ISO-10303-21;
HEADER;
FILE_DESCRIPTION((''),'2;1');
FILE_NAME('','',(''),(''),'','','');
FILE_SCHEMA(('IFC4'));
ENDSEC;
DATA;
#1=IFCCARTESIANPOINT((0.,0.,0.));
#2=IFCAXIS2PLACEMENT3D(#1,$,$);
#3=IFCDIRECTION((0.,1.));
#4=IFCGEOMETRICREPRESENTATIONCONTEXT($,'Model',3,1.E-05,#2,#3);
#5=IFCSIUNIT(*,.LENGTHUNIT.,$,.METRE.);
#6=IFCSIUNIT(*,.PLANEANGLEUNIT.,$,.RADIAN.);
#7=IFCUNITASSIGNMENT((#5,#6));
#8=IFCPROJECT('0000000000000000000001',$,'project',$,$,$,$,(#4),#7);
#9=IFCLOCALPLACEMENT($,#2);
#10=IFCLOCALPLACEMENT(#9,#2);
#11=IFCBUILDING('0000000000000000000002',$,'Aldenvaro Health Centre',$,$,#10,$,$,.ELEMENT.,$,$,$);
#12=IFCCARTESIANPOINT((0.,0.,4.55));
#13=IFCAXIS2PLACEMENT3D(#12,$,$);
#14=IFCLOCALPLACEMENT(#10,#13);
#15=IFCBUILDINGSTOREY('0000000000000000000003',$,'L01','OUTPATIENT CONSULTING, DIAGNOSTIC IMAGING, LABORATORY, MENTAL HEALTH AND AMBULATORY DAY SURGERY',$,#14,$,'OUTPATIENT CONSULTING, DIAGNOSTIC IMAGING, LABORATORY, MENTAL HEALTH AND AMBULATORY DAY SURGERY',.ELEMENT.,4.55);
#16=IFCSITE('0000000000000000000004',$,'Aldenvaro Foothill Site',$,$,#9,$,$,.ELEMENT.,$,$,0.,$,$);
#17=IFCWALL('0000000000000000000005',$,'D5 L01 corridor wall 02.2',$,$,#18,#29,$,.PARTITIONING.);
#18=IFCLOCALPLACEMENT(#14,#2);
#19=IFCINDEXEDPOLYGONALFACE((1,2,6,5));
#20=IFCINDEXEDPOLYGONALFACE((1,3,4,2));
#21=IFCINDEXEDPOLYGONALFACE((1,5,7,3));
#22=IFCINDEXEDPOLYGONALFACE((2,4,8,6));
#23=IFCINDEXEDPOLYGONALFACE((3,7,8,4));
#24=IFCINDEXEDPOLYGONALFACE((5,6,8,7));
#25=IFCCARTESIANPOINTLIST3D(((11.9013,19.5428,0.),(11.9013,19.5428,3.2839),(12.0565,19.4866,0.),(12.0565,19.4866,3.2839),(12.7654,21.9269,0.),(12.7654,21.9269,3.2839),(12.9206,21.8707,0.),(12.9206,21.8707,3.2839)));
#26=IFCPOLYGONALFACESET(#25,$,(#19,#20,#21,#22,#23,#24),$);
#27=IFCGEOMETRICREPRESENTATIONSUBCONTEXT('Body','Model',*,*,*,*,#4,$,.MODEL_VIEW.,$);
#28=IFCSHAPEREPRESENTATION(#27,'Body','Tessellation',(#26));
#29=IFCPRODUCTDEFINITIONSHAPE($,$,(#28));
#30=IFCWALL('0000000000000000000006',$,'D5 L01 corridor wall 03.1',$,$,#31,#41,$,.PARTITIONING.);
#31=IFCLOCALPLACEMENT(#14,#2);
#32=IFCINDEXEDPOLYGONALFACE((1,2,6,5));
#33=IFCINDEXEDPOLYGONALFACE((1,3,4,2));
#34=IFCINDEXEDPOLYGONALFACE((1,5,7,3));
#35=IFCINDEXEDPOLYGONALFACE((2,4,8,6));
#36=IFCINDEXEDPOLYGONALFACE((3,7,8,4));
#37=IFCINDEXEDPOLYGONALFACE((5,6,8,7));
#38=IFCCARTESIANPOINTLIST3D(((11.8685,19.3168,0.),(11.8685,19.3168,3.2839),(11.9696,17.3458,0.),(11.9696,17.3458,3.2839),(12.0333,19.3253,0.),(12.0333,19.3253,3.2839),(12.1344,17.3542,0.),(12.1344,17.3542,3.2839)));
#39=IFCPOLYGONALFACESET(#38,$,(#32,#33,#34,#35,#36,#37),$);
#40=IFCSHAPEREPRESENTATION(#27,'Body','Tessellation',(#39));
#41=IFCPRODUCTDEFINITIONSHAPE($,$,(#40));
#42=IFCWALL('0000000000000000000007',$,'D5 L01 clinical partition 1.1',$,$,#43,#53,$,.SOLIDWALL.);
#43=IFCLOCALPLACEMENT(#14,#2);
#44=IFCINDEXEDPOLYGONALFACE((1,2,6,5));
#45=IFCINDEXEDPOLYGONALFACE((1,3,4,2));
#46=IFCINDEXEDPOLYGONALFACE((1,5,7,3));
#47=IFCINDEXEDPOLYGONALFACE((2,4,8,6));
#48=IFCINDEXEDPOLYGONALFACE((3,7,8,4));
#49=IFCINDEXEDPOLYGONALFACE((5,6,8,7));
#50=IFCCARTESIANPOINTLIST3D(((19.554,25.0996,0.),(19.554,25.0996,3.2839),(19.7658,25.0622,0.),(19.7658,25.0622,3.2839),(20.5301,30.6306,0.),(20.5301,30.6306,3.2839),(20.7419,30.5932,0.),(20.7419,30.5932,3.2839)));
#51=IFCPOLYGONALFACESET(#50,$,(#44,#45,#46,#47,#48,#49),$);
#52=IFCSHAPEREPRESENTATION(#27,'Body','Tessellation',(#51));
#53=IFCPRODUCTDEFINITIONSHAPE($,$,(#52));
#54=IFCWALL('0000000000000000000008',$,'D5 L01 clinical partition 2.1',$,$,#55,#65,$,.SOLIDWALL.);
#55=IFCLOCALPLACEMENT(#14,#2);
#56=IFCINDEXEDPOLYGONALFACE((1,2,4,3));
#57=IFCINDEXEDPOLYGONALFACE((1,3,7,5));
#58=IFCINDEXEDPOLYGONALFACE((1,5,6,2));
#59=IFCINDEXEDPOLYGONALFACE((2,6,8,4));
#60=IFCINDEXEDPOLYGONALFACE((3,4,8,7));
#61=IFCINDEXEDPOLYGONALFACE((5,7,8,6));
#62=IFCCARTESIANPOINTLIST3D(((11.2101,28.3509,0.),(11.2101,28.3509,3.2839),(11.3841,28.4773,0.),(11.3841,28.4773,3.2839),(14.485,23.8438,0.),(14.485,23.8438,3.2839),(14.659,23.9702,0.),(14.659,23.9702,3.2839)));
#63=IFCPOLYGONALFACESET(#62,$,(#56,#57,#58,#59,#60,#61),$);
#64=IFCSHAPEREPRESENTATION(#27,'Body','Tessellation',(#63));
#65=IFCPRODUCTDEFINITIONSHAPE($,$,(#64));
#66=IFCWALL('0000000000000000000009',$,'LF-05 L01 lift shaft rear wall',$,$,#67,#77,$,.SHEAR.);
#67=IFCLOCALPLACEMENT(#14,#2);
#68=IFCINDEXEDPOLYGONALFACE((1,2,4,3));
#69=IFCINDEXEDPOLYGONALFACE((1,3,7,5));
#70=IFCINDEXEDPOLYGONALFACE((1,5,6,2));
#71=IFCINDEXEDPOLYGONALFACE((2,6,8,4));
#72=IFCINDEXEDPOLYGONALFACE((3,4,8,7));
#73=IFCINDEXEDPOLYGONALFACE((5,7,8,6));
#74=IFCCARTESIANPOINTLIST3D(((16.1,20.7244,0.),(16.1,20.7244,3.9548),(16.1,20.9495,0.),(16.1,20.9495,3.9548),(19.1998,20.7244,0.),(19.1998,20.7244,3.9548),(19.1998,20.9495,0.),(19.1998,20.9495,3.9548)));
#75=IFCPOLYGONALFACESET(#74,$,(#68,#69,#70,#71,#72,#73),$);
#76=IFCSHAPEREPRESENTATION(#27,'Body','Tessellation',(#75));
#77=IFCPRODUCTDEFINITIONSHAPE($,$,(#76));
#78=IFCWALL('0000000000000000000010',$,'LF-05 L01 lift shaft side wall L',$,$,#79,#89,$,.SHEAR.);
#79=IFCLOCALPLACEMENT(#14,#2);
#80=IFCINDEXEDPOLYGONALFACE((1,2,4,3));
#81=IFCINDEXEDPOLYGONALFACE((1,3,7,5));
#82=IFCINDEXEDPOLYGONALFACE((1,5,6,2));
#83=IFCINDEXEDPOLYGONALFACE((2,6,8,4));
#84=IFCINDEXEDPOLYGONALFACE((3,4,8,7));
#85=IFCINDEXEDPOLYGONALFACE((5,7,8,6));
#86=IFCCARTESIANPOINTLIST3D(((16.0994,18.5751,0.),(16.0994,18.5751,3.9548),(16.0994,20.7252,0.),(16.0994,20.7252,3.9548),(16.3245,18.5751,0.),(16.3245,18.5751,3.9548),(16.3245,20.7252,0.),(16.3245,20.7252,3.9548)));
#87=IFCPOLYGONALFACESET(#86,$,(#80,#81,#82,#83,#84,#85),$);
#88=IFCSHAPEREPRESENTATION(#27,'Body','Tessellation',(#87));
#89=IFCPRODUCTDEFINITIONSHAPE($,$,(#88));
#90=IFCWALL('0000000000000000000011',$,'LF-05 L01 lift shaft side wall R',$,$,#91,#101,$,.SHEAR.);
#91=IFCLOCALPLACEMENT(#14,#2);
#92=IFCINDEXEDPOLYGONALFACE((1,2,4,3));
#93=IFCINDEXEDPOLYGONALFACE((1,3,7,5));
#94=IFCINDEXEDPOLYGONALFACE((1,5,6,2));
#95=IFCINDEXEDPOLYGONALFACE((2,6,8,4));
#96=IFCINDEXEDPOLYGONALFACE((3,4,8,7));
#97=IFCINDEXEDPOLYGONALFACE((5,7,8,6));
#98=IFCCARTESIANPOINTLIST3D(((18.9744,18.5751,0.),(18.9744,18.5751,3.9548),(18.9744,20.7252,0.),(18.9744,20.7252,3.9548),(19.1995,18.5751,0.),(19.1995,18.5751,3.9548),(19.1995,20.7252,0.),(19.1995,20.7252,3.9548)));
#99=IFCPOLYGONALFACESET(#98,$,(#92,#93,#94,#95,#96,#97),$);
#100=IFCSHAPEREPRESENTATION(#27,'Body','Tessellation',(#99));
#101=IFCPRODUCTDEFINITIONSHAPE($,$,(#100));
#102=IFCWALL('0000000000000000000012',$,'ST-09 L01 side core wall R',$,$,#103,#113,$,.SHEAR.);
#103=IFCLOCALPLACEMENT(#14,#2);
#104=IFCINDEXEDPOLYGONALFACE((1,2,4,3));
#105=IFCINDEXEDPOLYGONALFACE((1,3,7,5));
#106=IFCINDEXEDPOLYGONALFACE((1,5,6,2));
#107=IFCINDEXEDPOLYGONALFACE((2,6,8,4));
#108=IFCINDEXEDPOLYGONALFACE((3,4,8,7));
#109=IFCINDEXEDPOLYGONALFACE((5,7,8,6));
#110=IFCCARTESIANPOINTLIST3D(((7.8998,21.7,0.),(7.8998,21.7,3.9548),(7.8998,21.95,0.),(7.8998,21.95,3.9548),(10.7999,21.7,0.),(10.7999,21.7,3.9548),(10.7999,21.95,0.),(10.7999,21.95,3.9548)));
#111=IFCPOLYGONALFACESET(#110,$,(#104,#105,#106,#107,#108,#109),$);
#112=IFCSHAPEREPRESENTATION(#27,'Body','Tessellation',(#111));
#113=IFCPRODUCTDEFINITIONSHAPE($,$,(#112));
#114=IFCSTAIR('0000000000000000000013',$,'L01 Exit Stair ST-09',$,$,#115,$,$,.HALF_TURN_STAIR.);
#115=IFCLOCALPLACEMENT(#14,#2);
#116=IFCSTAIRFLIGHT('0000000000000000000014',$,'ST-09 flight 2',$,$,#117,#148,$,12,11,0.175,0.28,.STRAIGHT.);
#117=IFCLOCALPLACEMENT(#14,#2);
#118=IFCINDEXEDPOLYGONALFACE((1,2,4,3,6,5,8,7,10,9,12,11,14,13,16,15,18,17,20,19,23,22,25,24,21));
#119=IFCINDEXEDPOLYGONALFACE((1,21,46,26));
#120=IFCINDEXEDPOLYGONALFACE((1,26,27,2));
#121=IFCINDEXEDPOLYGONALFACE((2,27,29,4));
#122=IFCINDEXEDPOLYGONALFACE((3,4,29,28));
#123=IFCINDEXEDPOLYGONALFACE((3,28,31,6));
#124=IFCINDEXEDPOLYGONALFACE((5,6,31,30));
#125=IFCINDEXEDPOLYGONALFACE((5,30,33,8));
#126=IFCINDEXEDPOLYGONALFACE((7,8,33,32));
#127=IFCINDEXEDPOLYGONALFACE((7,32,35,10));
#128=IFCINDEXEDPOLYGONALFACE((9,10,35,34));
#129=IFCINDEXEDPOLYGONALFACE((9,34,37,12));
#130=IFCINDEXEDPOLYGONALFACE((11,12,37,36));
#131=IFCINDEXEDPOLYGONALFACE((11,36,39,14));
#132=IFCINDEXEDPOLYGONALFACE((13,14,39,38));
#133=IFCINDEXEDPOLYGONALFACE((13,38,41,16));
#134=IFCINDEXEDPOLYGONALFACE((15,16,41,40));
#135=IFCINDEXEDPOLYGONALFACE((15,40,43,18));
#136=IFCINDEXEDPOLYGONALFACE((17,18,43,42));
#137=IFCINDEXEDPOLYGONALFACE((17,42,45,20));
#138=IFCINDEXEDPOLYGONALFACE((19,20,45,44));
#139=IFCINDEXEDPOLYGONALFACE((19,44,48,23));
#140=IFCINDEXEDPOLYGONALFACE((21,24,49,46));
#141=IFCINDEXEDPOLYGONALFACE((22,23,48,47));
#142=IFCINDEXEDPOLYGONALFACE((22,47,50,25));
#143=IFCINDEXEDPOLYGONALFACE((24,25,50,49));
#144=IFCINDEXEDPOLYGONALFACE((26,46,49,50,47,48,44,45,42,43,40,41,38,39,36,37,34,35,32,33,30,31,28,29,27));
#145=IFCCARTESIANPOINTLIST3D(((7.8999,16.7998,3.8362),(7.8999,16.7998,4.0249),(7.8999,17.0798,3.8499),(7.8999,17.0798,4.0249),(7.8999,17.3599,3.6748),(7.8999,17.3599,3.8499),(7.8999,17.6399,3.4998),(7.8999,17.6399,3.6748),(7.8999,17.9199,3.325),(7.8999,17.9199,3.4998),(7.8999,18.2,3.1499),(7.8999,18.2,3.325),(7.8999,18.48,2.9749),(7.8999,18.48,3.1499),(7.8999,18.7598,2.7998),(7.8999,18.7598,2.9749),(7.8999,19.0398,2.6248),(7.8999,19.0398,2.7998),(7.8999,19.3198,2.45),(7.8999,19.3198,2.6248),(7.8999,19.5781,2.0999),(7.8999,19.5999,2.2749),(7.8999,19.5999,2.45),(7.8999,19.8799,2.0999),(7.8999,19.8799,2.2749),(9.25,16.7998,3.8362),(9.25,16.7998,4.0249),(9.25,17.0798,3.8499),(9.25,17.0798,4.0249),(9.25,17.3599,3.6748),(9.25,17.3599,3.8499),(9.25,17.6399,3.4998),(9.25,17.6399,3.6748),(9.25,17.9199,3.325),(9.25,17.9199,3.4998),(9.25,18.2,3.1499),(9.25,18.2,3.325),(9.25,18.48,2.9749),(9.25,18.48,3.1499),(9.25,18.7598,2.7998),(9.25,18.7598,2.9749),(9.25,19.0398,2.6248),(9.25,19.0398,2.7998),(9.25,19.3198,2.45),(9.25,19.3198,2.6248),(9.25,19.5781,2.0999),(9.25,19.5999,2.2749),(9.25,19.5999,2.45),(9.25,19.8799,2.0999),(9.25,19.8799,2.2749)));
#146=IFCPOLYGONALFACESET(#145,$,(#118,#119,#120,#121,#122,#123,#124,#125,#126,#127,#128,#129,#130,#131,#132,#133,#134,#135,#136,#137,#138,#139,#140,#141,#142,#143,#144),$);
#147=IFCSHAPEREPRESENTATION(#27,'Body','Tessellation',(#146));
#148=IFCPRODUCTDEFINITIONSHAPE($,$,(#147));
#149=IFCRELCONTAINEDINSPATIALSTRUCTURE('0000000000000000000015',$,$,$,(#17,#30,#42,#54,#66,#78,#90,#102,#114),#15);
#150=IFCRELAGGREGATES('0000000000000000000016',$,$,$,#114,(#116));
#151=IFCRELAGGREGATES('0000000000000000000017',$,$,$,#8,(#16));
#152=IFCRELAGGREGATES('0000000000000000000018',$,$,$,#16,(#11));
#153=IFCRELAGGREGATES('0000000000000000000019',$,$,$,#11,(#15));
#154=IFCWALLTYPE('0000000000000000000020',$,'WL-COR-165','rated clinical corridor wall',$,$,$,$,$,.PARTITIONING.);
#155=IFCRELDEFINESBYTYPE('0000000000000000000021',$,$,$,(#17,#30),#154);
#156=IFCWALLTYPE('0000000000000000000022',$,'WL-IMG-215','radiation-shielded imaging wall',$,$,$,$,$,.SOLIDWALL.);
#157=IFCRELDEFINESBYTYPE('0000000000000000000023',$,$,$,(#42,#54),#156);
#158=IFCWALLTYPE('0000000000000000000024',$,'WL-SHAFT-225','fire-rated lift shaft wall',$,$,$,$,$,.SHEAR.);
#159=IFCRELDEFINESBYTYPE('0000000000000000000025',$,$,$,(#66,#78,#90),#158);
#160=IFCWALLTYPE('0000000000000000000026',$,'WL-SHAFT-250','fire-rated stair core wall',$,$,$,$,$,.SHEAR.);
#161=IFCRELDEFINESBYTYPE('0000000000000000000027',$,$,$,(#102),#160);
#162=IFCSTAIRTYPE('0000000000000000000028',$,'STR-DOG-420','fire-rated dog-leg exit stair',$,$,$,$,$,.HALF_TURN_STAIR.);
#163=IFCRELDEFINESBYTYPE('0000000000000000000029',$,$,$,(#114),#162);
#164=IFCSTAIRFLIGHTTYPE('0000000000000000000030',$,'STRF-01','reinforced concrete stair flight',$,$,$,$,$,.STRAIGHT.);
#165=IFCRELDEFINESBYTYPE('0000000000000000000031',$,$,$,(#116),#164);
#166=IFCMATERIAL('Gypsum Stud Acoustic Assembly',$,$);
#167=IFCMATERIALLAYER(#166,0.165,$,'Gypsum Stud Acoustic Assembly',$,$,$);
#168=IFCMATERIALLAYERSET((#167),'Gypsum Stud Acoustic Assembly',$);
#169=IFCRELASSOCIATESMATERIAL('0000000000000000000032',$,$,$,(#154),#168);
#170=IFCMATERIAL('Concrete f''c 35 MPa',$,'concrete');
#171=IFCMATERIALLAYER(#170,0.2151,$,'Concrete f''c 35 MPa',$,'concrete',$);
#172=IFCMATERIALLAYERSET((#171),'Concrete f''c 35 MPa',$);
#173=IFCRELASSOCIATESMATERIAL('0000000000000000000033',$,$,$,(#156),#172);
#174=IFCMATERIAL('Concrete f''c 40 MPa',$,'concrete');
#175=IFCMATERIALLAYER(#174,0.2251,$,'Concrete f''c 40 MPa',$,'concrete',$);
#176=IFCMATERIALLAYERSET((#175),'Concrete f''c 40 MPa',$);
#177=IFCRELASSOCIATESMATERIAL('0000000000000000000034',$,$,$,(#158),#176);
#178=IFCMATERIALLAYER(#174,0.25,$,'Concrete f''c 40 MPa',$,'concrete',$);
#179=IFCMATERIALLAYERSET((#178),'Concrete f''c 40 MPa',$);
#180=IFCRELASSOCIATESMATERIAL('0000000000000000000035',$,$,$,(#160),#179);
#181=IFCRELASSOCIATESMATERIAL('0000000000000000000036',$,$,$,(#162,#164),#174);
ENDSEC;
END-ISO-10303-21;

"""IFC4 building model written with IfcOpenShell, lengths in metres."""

from ifc_helpers import new_model, si_unit, direction, frame, frame_2d, origin, place, context, subcontext, project, spatial, polyline, rectangle, outline, extrude, material, layer, layer_set, type_object, element, aggregate, save


model = new_model("IFC4")

# Units and contexts
model_context = context("Model", 3, precision=1e-05, world=origin(), true_north=direction((0.0, 1.0)))
body_context = subcontext(model_context, "Body", "Model", "MODEL_VIEW")
ifc_project = project(units=[si_unit("LENGTHUNIT", "METRE"), si_unit("PLANEANGLEUNIT", "RADIAN")], contexts=[model_context])

# Site, building, storey
site_placement = place(None, origin())
site = spatial("IfcSite", under=ifc_project, at=site_placement, Name="Aldenvaro Foothill Site", CompositionType="ELEMENT", RefElevation=0.0)
building_placement = place(site_placement, origin())
building = spatial("IfcBuilding", under=site, at=building_placement, Name="Aldenvaro Health Centre", CompositionType="ELEMENT")
storey_placement = place(building_placement, frame((0.0, 0.0, 4.55)))
storey = spatial("IfcBuildingStorey", under=building, at=storey_placement, Name="L01", Description="OUTPATIENT CONSULTING, DIAGNOSTIC IMAGING, LABORATORY, MENTAL HEALTH AND AMBULATORY DAY SURGERY", LongName="OUTPATIENT CONSULTING, DIAGNOSTIC IMAGING, LABORATORY, MENTAL HEALTH AND AMBULATORY DAY SURGERY", CompositionType="ELEMENT", Elevation=4.55)

# Shared definitions
ifc_material_1 = material(Name="Gypsum Stud Acoustic Assembly")
ifc_layer_1 = layer(ifc_material_1, 0.165, Name="Gypsum Stud Acoustic Assembly")
ifc_layer_set_1 = layer_set([ifc_layer_1], Name="Gypsum Stud Acoustic Assembly")
wall_type_1 = type_object("IfcWallType", Name="WL-COR-165", Description="rated clinical corridor wall", PredefinedType="PARTITIONING", material=ifc_layer_set_1)

# Walls
wall_1_placement = place(storey_placement, frame((12.843, 21.8989, 0.0), z_axis=(0.0, 0.0, 1.0), x_axis=(-0.34073, -0.940161, 0.0)))
element("IfcWall", 1, at=wall_1_placement, inside=storey, type_object=wall_type_1, Name="D5 L01 corridor wall 02.2", PredefinedType="PARTITIONING", context=body_context, shape_type="SweptSolid", body=[
    extrude(rectangle(XDim=2.5359, YDim=0.165, at=frame_2d((1.2681, 0.0))), origin(), (0.0, 0.0, 1.0), 3.2839),
])
wall_2_placement = place(storey_placement, frame((11.9509, 19.321, 0.0), z_axis=(0.0, 0.0, 1.0), x_axis=(0.051215, -0.998688, 0.0)))
element("IfcWall", 2, at=wall_2_placement, inside=storey, type_object=wall_type_1, Name="D5 L01 corridor wall 03.1", PredefinedType="PARTITIONING", context=body_context, shape_type="SweptSolid", body=[
    extrude(rectangle(XDim=1.9736, YDim=0.165, at=frame_2d((0.9868, 0.0))), origin(), (0.0, 0.0, 1.0), 3.2839),
])
ifc_material_2 = material(Name="Concrete f'c 35 MPa", Category="concrete")
ifc_layer_2 = layer(ifc_material_2, 0.2151, Name="Concrete f'c 35 MPa", Category="concrete")
ifc_layer_set_2 = layer_set([ifc_layer_2], Name="Concrete f'c 35 MPa")
wall_type_2 = type_object("IfcWallType", Name="WL-IMG-215", Description="radiation-shielded imaging wall", PredefinedType="SOLIDWALL", material=ifc_layer_set_2)
wall_3_placement = place(storey_placement, frame((19.6599, 25.0811, 0.0), z_axis=(0.0, 0.0, 1.0), x_axis=(0.173788, 0.984783, 0.0)))
element("IfcWall", 3, at=wall_3_placement, inside=storey, type_object=wall_type_2, Name="D5 L01 clinical partition 1.1", PredefinedType="SOLIDWALL", context=body_context, shape_type="SweptSolid", body=[
    extrude(rectangle(XDim=5.6165, YDim=0.2151, at=frame_2d((2.8081, 0.0))), origin(), (0.0, 0.0, 1.0), 3.2839),
])
wall_4_placement = place(storey_placement, frame((14.572, 23.907, 0.0), z_axis=(0.0, 0.0, 1.0), x_axis=(-0.587822, 0.80899, 0.0)))
element("IfcWall", 4, at=wall_4_placement, inside=storey, type_object=wall_type_2, Name="D5 L01 clinical partition 2.1", PredefinedType="SOLIDWALL", context=body_context, shape_type="SweptSolid", body=[
    extrude(rectangle(XDim=5.5713, YDim=0.2151, at=frame_2d((2.7856, 0.0))), origin(), (0.0, 0.0, 1.0), 3.2839),
])
ifc_material_3 = material(Name="Concrete f'c 40 MPa", Category="concrete")
ifc_layer_3 = layer(ifc_material_3, 0.2251, Name="Concrete f'c 40 MPa", Category="concrete")
ifc_layer_set_3 = layer_set([ifc_layer_3], Name="Concrete f'c 40 MPa")
wall_type_3 = type_object("IfcWallType", Name="WL-SHAFT-225", Description="fire-rated lift shaft wall", PredefinedType="SHEAR", material=ifc_layer_set_3)
wall_5_placement = place(storey_placement, frame((16.1001, 20.8369, 0.0), z_axis=(0.0, 0.0, 1.0), x_axis=(1.0, 0.0, 0.0)))
element("IfcWall", 5, at=wall_5_placement, inside=storey, type_object=wall_type_3, Name="LF-05 L01 lift shaft rear wall", PredefinedType="SHEAR", context=body_context, shape_type="SweptSolid", body=[
    extrude(rectangle(XDim=3.0999, YDim=0.2251, at=frame_2d((1.5498, 0.0))), origin(), (0.0, 0.0, 1.0), 3.9548),
])
for number, where, z_axis, x_axis, name in (
    (6, (16.2119, 18.575, 0.0), (0.0, 0.0, 1.0), (0.0, 1.0, 0.0), "LF-05 L01 lift shaft side wall L"),
    (7, (19.0869, 18.575, 0.0), (0.0, 0.0, 1.0), (0.0, 1.0, 0.0), "LF-05 L01 lift shaft side wall R"),
):
    element("IfcWall", number, at=place(storey_placement, frame(where, z_axis=z_axis, x_axis=x_axis)), inside=storey, type_object=wall_type_3, Name=name, PredefinedType="SHEAR", context=body_context, shape_type="SweptSolid", body=[
        extrude(rectangle(XDim=2.1501, YDim=0.2251, at=frame_2d((1.0752, 0.0))), origin(), (0.0, 0.0, 1.0), 3.9548),
    ])
ifc_layer_4 = layer(ifc_material_3, 0.25, Name="Concrete f'c 40 MPa", Category="concrete")
ifc_layer_set_4 = layer_set([ifc_layer_4], Name="Concrete f'c 40 MPa")
wall_type_4 = type_object("IfcWallType", Name="WL-SHAFT-250", Description="fire-rated stair core wall", PredefinedType="SHEAR", material=ifc_layer_set_4)
wall_6_placement = place(storey_placement, frame((10.8, 21.825, 0.0), z_axis=(0.0, 0.0, 1.0), x_axis=(-1.0, 0.0, 0.0)))
element("IfcWall", 8, at=wall_6_placement, inside=storey, type_object=wall_type_4, Name="ST-09 L01 side core wall R", PredefinedType="SHEAR", context=body_context, shape_type="SweptSolid", body=[
    extrude(rectangle(XDim=2.9001, YDim=0.25, at=frame_2d((1.4502, 0.0))), origin(), (0.0, 0.0, 1.0), 3.9548),
])

# Stair, stair flight
stair_type = type_object("IfcStairType", Name="STR-DOG-420", Description="fire-rated dog-leg exit stair", PredefinedType="HALF_TURN_STAIR", material=ifc_material_3)
stair_placement = place(storey_placement, origin())
stair = element("IfcStair", 9, at=stair_placement, inside=storey, type_object=stair_type, Name="L01 Exit Stair ST-09", PredefinedType="HALF_TURN_STAIR")
stair_flight_type = type_object("IfcStairFlightType", Name="STRF-01", Description="reinforced concrete stair flight", PredefinedType="STRAIGHT", material=ifc_material_3)
stair_flight_placement = place(storey_placement, frame((8.575, 19.8799, 2.0999), z_axis=(0.0, 0.0, 1.0), x_axis=(0.0, -1.0, 0.0)))
stair_flight = element("IfcStairFlight", 10, at=stair_flight_placement, type_object=stair_flight_type, Name="ST-09 flight 2", NumberOfRisers=12, NumberOfTreads=11, PredefinedType="STRAIGHT", RiserHeight=0.175, TreadLength=0.28, context=body_context, shape_type="SweptSolid", body=[
    extrude(outline(polyline([(0.0, 0.0), (0.0, 0.175), (0.28, 0.175), (0.28, 0.3501), (0.5601, 0.3501), (0.5601, 0.5249), (0.8401, 0.5249), (0.8401, 0.7), (1.1201, 0.7), (1.1201, 0.875), (1.3999, 0.875), (1.3999, 1.05), (1.6799, 1.05), (1.6799, 1.2251), (1.96, 1.2251), (1.96, 1.3999), (2.24, 1.3999), (2.24, 1.575), (2.52, 1.575), (2.52, 1.75), (2.8, 1.75), (2.8, 1.925), (3.0801, 1.925), (3.0801, 2.1001), (3.0801, 1.7363), (0.3018, 0.0), (0.0, 0.0)])), frame((0.0, 0.675, 0.0), z_axis=(0.0, -1.0, 0.0), x_axis=(1.0, 0.0, 0.0)), (0.0, 0.0, 1.0), 1.3501),
])
aggregate(stair, [stair_flight])

save(model, "model.ifc")
